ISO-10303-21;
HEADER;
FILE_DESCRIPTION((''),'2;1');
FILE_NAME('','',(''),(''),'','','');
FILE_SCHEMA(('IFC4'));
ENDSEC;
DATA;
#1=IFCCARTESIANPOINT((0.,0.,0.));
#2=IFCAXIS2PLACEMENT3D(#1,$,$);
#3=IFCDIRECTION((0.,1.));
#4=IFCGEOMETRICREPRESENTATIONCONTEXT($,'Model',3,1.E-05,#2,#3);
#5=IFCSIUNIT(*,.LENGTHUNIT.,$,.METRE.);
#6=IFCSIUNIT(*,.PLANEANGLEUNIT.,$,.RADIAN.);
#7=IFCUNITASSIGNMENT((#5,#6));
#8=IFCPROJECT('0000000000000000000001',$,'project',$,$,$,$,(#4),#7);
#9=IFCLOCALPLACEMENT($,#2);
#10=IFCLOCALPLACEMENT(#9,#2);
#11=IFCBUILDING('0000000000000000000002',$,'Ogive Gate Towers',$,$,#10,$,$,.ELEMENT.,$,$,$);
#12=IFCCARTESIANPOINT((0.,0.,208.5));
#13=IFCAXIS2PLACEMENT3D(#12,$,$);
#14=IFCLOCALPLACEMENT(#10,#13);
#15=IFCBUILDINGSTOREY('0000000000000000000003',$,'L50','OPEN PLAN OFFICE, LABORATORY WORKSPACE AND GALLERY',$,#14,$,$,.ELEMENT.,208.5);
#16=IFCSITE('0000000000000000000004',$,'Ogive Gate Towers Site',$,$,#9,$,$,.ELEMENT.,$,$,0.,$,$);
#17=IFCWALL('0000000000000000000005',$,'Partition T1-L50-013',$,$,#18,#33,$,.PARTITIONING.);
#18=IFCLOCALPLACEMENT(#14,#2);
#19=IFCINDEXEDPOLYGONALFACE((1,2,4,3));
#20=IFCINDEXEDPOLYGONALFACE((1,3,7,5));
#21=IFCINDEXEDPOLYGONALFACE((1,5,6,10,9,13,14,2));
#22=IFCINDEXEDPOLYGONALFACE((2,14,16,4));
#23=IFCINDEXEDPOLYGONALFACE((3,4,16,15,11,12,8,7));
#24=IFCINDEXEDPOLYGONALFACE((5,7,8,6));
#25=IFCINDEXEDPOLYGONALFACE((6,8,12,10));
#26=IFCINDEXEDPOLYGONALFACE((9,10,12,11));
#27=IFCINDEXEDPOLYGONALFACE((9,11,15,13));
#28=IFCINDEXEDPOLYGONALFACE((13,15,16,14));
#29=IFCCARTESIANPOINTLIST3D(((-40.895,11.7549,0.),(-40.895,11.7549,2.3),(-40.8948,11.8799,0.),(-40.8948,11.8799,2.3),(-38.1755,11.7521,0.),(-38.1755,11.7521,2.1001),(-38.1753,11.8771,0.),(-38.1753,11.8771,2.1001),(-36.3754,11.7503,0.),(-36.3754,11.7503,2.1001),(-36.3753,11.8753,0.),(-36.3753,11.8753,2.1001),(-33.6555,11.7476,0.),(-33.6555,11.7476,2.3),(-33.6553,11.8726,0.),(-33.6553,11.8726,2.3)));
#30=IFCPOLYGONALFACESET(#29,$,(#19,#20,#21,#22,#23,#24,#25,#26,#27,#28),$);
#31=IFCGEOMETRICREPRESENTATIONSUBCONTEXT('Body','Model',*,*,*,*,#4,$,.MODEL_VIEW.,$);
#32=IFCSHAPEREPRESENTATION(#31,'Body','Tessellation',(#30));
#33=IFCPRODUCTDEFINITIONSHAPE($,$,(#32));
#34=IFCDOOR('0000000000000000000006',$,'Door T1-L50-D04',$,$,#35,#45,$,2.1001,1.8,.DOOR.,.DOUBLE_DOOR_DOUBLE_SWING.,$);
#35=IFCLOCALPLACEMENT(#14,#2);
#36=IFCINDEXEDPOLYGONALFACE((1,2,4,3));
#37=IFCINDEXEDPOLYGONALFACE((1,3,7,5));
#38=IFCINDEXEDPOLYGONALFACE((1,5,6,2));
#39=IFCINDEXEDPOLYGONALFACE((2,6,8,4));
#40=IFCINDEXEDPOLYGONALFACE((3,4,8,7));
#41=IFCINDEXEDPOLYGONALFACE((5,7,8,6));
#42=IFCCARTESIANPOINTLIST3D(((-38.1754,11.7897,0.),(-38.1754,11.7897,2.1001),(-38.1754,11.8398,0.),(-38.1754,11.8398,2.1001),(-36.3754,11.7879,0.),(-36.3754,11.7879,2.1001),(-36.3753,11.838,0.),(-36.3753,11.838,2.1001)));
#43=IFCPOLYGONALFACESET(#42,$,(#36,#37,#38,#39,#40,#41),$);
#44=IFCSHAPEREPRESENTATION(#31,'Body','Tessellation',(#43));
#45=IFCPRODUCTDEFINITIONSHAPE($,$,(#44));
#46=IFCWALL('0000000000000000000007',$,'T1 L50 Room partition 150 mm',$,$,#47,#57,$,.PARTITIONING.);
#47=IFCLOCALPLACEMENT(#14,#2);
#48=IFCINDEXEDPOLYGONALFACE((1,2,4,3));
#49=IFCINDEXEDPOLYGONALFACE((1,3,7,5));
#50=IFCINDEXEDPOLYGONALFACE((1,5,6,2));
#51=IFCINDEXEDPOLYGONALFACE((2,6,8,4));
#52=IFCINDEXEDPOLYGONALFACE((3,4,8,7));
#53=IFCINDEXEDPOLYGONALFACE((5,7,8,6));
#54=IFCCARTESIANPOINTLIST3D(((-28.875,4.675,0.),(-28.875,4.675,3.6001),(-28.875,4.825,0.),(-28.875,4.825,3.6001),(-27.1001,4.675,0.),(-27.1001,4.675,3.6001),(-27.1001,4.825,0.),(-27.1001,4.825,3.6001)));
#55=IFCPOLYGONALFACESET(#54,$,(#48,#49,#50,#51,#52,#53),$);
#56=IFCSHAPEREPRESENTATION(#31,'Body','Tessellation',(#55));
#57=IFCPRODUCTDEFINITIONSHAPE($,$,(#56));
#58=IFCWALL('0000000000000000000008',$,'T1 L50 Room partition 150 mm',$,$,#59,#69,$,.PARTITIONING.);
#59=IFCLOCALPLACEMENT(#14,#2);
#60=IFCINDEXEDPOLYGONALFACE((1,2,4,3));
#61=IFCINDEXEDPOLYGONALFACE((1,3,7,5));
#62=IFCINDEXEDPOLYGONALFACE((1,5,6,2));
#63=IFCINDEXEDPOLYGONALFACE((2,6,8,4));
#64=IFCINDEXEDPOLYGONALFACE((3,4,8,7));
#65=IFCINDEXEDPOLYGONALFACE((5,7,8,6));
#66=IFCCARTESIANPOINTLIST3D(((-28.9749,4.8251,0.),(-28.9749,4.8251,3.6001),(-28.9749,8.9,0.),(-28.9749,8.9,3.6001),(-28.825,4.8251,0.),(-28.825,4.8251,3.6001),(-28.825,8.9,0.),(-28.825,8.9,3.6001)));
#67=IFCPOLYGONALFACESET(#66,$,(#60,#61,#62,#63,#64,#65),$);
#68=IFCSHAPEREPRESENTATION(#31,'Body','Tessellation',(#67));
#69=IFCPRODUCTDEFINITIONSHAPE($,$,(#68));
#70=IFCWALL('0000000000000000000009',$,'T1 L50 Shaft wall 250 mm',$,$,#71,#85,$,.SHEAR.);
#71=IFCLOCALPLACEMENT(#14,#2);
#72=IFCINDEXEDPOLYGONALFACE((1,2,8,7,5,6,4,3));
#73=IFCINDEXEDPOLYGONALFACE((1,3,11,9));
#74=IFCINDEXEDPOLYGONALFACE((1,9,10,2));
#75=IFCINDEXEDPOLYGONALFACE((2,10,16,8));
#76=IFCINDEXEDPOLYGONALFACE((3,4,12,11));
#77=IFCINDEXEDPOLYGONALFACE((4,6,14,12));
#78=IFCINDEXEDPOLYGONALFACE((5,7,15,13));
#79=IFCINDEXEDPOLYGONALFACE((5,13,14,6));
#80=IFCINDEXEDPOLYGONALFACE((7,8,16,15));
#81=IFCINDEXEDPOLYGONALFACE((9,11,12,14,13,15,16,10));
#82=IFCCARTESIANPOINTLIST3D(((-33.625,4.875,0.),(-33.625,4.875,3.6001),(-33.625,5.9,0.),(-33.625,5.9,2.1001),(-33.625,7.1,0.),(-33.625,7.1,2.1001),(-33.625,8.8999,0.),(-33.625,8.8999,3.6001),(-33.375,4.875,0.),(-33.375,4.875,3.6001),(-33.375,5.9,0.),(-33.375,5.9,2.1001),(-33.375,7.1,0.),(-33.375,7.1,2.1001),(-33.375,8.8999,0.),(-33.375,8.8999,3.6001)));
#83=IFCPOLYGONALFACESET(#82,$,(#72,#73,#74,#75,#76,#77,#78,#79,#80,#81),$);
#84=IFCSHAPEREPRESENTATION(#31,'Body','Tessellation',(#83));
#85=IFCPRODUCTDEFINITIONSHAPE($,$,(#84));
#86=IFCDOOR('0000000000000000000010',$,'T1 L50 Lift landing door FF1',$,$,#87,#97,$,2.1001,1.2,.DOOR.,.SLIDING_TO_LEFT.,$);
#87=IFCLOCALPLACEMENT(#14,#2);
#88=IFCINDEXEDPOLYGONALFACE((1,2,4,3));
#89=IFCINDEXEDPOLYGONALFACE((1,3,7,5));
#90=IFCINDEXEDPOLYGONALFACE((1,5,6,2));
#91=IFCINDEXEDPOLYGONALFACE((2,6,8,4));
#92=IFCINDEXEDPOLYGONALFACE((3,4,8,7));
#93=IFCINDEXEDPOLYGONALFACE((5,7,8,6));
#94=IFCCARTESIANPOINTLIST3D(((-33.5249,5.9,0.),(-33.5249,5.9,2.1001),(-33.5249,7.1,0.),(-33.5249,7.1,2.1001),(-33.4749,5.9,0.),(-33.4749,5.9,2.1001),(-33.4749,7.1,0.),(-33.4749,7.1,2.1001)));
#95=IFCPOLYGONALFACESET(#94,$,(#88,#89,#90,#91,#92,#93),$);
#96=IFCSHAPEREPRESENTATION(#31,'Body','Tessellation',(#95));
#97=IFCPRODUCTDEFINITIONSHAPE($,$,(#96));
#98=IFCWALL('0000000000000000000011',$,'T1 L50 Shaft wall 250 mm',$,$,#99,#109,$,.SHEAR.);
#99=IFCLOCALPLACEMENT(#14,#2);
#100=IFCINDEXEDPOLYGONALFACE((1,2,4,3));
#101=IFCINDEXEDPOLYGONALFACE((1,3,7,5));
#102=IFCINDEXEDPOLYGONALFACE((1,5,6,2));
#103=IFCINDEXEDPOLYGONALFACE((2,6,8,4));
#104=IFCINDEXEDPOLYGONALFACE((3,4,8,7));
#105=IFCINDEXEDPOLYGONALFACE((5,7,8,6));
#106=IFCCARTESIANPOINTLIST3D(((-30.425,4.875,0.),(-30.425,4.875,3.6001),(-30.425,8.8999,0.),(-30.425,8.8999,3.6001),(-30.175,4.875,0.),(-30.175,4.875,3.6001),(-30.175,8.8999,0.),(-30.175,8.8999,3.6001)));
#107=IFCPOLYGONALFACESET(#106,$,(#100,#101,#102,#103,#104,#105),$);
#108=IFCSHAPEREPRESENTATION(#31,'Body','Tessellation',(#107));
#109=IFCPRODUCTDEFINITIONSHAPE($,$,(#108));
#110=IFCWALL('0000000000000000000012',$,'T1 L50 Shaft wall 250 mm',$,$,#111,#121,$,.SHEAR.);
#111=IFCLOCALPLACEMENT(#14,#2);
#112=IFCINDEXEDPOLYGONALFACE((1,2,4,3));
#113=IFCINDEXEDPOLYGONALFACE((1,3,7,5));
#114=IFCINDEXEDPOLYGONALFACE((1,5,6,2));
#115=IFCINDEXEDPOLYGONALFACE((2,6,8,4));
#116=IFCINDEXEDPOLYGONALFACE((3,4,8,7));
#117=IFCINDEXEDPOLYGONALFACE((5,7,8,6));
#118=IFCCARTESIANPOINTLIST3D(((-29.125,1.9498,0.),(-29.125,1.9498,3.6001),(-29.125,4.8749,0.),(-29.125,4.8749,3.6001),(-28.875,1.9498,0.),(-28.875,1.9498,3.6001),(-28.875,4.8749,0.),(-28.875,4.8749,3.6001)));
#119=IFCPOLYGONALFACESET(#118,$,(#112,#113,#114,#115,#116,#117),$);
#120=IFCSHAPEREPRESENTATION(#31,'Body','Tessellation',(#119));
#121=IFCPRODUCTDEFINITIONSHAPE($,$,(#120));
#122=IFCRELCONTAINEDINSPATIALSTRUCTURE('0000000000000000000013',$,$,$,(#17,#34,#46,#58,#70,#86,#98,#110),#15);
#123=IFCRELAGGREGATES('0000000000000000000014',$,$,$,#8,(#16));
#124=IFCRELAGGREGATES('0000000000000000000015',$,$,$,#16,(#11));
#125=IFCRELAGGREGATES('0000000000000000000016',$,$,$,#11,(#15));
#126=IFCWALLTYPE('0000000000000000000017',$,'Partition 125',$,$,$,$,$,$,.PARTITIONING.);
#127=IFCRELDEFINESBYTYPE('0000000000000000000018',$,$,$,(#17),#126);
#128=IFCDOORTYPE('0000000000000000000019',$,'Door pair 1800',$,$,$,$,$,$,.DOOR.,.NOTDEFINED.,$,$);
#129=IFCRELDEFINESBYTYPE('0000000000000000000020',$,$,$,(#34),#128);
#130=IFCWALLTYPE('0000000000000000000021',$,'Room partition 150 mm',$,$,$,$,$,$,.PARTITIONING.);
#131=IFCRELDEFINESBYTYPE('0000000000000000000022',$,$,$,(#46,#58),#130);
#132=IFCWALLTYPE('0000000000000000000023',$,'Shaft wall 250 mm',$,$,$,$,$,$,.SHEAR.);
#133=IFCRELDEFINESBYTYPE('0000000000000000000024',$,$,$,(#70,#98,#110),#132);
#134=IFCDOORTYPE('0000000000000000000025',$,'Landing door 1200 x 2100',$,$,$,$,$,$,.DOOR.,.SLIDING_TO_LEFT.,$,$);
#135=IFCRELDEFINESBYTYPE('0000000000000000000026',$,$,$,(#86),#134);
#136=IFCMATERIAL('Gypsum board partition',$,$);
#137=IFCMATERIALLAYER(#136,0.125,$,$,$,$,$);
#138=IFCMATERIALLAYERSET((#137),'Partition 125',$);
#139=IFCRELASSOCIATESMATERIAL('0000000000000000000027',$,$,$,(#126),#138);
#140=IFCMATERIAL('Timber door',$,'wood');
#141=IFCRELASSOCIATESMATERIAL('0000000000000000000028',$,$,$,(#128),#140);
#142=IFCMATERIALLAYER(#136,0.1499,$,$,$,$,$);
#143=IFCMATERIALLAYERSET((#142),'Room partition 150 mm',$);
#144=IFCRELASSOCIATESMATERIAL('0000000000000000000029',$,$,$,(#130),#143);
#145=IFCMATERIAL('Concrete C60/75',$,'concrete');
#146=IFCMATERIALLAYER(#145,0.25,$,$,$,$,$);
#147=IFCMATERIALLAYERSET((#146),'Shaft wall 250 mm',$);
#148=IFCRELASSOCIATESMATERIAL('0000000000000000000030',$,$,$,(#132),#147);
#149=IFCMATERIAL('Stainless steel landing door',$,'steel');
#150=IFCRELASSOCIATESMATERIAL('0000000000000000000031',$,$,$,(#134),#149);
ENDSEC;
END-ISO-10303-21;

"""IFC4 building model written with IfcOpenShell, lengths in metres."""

from ifc_helpers import new_model, si_unit, direction, frame, frame_2d, origin, place, context, subcontext, project, spatial, rectangle, extrude, material, layer, layer_set, type_object, element, fill, save


model = new_model("IFC4")

# Units and contexts
model_context = context("Model", 3, precision=1e-05, world=origin(), true_north=direction((0.0, 1.0)))
body_context = subcontext(model_context, "Body", "Model", "MODEL_VIEW")
ifc_project = project(units=[si_unit("LENGTHUNIT", "METRE"), si_unit("PLANEANGLEUNIT", "RADIAN")], contexts=[model_context])

# Site, building, storey
site_placement = place(None, origin())
site = spatial("IfcSite", under=ifc_project, at=site_placement, Name="Ogive Gate Towers Site", CompositionType="ELEMENT", RefElevation=0.0)
building_placement = place(site_placement, origin())
building = spatial("IfcBuilding", under=site, at=building_placement, Name="Ogive Gate Towers", CompositionType="ELEMENT")
storey_placement = place(building_placement, frame((0.0, 0.0, 208.5)))
storey = spatial("IfcBuildingStorey", under=building, at=storey_placement, Name="L50", Description="OPEN PLAN OFFICE, LABORATORY WORKSPACE AND GALLERY", CompositionType="ELEMENT", Elevation=208.5)

# Wall, opening, door
ifc_material_1 = material(Name="Gypsum board partition")
ifc_layer_1 = layer(ifc_material_1, 0.125)
ifc_layer_set_1 = layer_set([ifc_layer_1], Name="Partition 125")
wall_type_1 = type_object("IfcWallType", Name="Partition 125", PredefinedType="PARTITIONING", material=ifc_layer_set_1)
ifc_material_2 = material(Name="Timber door", Category="wood")
door_type_1 = type_object("IfcDoorType", Name="Door pair 1800", OperationType="NOTDEFINED", PredefinedType="DOOR", material=ifc_material_2)
wall_1_placement = place(storey_placement, frame((-33.6555, 11.8101, 0.0), z_axis=(0.0, 0.0, 1.0), x_axis=(-0.999999, 0.001012, 0.0)))
wall_1 = element("IfcWall", 1, at=wall_1_placement, inside=storey, type_object=wall_type_1, Name="Partition T1-L50-013", PredefinedType="PARTITIONING", context=body_context, shape_type="SweptSolid", body=[
    extrude(rectangle(XDim=7.2395, YDim=0.125, at=frame_2d((3.6196, 0.0))), origin(), (0.0, 0.0, 1.0), 2.3),
])
opening_1_placement = place(wall_1_placement, frame((2.72, 0.0, 0.0)))
opening_1 = element("IfcOpeningElement", 2, at=opening_1_placement, cuts=wall_1, PredefinedType="OPENING", context=body_context, shape_type="SweptSolid", body=[
    extrude(rectangle(XDim=1.8, YDim=2.1001, at=frame_2d((0.8999, 1.05))), frame((0.0, 0.0725, 0.0), z_axis=(0.0, -1.0, 0.0), x_axis=(1.0, 0.0, 0.0)), (0.0, 0.0, 1.0), 0.145),
])
door_1_placement = place(opening_1_placement, origin())
door_1 = element("IfcDoor", 3, at=door_1_placement, inside=storey, type_object=door_type_1, Name="Door T1-L50-D04", OperationType="DOUBLE_DOOR_DOUBLE_SWING", OverallHeight=2.1001, OverallWidth=1.8, PredefinedType="DOOR", context=body_context, shape_type="SweptSolid", body=[
    extrude(rectangle(XDim=1.8, YDim=2.1001, at=frame_2d((0.8999, 1.05))), frame((0.0, 0.0249, 0.0), z_axis=(0.0, -1.0, 0.0), x_axis=(1.0, 0.0, 0.0)), (0.0, 0.0, 1.0), 0.05),
])
fill(opening_1, door_1)

# Walls
ifc_layer_2 = layer(ifc_material_1, 0.1499)
ifc_layer_set_2 = layer_set([ifc_layer_2], Name="Room partition 150 mm")
wall_type_2 = type_object("IfcWallType", Name="Room partition 150 mm", PredefinedType="PARTITIONING", material=ifc_layer_set_2)
wall_2_placement = place(storey_placement, frame((-28.875, 4.75, 0.0), z_axis=(0.0, 0.0, 1.0), x_axis=(1.0, 0.0, 0.0)))
element("IfcWall", 4, at=wall_2_placement, inside=storey, type_object=wall_type_2, Name="T1 L50 Room partition 150 mm", PredefinedType="PARTITIONING", context=body_context, shape_type="SweptSolid", body=[
    extrude(rectangle(XDim=1.7749, YDim=0.1499, at=frame_2d((0.8875, 0.0))), origin(), (0.0, 0.0, 1.0), 3.6001),
])
wall_3_placement = place(storey_placement, frame((-28.8999, 4.825, 0.0), z_axis=(0.0, 0.0, 1.0), x_axis=(0.0, 1.0, 0.0)))
element("IfcWall", 5, at=wall_3_placement, inside=storey, type_object=wall_type_2, Name="T1 L50 Room partition 150 mm", PredefinedType="PARTITIONING", context=body_context, shape_type="SweptSolid", body=[
    extrude(rectangle(XDim=4.075, YDim=0.1499, at=frame_2d((2.0376, 0.0))), origin(), (0.0, 0.0, 1.0), 3.6001),
])

# Wall, opening, door
ifc_material_3 = material(Name="Concrete C60/75", Category="concrete")
ifc_layer_3 = layer(ifc_material_3, 0.25)
ifc_layer_set_3 = layer_set([ifc_layer_3], Name="Shaft wall 250 mm")
wall_type_3 = type_object("IfcWallType", Name="Shaft wall 250 mm", PredefinedType="SHEAR", material=ifc_layer_set_3)
wall_4_placement = place(storey_placement, frame((-33.5, 4.875, 0.0), z_axis=(0.0, 0.0, 1.0), x_axis=(0.0, 1.0, 0.0)))
wall_4 = element("IfcWall", 6, at=wall_4_placement, inside=storey, type_object=wall_type_3, Name="T1 L50 Shaft wall 250 mm", PredefinedType="SHEAR", context=body_context, shape_type="SweptSolid", body=[
    extrude(rectangle(XDim=4.0249, YDim=0.25, at=frame_2d((2.0125, 0.0))), origin(), (0.0, 0.0, 1.0), 3.6001),
])
opening_2_placement = place(wall_4_placement, frame((1.0249, 0.0, 0.0)))
opening_2 = element("IfcOpeningElement", 7, at=opening_2_placement, cuts=wall_4, PredefinedType="OPENING", context=body_context, shape_type="SweptSolid", body=[
    extrude(rectangle(XDim=1.2, YDim=2.1001, at=frame_2d((0.6001, 1.05))), frame((0.0, 0.135, 0.0), z_axis=(0.0, -1.0, 0.0), x_axis=(1.0, 0.0, 0.0)), (0.0, 0.0, 1.0), 0.27),
])
ifc_material_4 = material(Name="Stainless steel landing door", Category="steel")
door_type_2 = type_object("IfcDoorType", Name="Landing door 1200 x 2100", OperationType="SLIDING_TO_LEFT", PredefinedType="DOOR", material=ifc_material_4)
door_2_placement = place(opening_2_placement, origin())
door_2 = element("IfcDoor", 8, at=door_2_placement, inside=storey, type_object=door_type_2, Name="T1 L50 Lift landing door FF1", OperationType="SLIDING_TO_LEFT", OverallHeight=2.1001, OverallWidth=1.2, PredefinedType="DOOR", context=body_context, shape_type="SweptSolid", body=[
    extrude(rectangle(XDim=1.2, YDim=2.1001, at=frame_2d((0.6001, 1.05))), frame((0.0, 0.0249, 0.0), z_axis=(0.0, -1.0, 0.0), x_axis=(1.0, 0.0, 0.0)), (0.0, 0.0, 1.0), 0.05),
])
fill(opening_2, door_2)

# Walls
wall_5_placement = place(storey_placement, frame((-30.3, 4.875, 0.0), z_axis=(0.0, 0.0, 1.0), x_axis=(0.0, 1.0, 0.0)))
element("IfcWall", 9, at=wall_5_placement, inside=storey, type_object=wall_type_3, Name="T1 L50 Shaft wall 250 mm", PredefinedType="SHEAR", context=body_context, shape_type="SweptSolid", body=[
    extrude(rectangle(XDim=4.0249, YDim=0.25, at=frame_2d((2.0125, 0.0))), origin(), (0.0, 0.0, 1.0), 3.6001),
])
wall_6_placement = place(storey_placement, frame((-29.0, 1.95, 0.0), z_axis=(0.0, 0.0, 1.0), x_axis=(0.0, 1.0, 0.0)))
element("IfcWall", 10, at=wall_6_placement, inside=storey, type_object=wall_type_3, Name="T1 L50 Shaft wall 250 mm", PredefinedType="SHEAR", context=body_context, shape_type="SweptSolid", body=[
    extrude(rectangle(XDim=2.925, YDim=0.25, at=frame_2d((1.4624, 0.0))), origin(), (0.0, 0.0, 1.0), 3.6001),
])

save(model, "model.ifc")
